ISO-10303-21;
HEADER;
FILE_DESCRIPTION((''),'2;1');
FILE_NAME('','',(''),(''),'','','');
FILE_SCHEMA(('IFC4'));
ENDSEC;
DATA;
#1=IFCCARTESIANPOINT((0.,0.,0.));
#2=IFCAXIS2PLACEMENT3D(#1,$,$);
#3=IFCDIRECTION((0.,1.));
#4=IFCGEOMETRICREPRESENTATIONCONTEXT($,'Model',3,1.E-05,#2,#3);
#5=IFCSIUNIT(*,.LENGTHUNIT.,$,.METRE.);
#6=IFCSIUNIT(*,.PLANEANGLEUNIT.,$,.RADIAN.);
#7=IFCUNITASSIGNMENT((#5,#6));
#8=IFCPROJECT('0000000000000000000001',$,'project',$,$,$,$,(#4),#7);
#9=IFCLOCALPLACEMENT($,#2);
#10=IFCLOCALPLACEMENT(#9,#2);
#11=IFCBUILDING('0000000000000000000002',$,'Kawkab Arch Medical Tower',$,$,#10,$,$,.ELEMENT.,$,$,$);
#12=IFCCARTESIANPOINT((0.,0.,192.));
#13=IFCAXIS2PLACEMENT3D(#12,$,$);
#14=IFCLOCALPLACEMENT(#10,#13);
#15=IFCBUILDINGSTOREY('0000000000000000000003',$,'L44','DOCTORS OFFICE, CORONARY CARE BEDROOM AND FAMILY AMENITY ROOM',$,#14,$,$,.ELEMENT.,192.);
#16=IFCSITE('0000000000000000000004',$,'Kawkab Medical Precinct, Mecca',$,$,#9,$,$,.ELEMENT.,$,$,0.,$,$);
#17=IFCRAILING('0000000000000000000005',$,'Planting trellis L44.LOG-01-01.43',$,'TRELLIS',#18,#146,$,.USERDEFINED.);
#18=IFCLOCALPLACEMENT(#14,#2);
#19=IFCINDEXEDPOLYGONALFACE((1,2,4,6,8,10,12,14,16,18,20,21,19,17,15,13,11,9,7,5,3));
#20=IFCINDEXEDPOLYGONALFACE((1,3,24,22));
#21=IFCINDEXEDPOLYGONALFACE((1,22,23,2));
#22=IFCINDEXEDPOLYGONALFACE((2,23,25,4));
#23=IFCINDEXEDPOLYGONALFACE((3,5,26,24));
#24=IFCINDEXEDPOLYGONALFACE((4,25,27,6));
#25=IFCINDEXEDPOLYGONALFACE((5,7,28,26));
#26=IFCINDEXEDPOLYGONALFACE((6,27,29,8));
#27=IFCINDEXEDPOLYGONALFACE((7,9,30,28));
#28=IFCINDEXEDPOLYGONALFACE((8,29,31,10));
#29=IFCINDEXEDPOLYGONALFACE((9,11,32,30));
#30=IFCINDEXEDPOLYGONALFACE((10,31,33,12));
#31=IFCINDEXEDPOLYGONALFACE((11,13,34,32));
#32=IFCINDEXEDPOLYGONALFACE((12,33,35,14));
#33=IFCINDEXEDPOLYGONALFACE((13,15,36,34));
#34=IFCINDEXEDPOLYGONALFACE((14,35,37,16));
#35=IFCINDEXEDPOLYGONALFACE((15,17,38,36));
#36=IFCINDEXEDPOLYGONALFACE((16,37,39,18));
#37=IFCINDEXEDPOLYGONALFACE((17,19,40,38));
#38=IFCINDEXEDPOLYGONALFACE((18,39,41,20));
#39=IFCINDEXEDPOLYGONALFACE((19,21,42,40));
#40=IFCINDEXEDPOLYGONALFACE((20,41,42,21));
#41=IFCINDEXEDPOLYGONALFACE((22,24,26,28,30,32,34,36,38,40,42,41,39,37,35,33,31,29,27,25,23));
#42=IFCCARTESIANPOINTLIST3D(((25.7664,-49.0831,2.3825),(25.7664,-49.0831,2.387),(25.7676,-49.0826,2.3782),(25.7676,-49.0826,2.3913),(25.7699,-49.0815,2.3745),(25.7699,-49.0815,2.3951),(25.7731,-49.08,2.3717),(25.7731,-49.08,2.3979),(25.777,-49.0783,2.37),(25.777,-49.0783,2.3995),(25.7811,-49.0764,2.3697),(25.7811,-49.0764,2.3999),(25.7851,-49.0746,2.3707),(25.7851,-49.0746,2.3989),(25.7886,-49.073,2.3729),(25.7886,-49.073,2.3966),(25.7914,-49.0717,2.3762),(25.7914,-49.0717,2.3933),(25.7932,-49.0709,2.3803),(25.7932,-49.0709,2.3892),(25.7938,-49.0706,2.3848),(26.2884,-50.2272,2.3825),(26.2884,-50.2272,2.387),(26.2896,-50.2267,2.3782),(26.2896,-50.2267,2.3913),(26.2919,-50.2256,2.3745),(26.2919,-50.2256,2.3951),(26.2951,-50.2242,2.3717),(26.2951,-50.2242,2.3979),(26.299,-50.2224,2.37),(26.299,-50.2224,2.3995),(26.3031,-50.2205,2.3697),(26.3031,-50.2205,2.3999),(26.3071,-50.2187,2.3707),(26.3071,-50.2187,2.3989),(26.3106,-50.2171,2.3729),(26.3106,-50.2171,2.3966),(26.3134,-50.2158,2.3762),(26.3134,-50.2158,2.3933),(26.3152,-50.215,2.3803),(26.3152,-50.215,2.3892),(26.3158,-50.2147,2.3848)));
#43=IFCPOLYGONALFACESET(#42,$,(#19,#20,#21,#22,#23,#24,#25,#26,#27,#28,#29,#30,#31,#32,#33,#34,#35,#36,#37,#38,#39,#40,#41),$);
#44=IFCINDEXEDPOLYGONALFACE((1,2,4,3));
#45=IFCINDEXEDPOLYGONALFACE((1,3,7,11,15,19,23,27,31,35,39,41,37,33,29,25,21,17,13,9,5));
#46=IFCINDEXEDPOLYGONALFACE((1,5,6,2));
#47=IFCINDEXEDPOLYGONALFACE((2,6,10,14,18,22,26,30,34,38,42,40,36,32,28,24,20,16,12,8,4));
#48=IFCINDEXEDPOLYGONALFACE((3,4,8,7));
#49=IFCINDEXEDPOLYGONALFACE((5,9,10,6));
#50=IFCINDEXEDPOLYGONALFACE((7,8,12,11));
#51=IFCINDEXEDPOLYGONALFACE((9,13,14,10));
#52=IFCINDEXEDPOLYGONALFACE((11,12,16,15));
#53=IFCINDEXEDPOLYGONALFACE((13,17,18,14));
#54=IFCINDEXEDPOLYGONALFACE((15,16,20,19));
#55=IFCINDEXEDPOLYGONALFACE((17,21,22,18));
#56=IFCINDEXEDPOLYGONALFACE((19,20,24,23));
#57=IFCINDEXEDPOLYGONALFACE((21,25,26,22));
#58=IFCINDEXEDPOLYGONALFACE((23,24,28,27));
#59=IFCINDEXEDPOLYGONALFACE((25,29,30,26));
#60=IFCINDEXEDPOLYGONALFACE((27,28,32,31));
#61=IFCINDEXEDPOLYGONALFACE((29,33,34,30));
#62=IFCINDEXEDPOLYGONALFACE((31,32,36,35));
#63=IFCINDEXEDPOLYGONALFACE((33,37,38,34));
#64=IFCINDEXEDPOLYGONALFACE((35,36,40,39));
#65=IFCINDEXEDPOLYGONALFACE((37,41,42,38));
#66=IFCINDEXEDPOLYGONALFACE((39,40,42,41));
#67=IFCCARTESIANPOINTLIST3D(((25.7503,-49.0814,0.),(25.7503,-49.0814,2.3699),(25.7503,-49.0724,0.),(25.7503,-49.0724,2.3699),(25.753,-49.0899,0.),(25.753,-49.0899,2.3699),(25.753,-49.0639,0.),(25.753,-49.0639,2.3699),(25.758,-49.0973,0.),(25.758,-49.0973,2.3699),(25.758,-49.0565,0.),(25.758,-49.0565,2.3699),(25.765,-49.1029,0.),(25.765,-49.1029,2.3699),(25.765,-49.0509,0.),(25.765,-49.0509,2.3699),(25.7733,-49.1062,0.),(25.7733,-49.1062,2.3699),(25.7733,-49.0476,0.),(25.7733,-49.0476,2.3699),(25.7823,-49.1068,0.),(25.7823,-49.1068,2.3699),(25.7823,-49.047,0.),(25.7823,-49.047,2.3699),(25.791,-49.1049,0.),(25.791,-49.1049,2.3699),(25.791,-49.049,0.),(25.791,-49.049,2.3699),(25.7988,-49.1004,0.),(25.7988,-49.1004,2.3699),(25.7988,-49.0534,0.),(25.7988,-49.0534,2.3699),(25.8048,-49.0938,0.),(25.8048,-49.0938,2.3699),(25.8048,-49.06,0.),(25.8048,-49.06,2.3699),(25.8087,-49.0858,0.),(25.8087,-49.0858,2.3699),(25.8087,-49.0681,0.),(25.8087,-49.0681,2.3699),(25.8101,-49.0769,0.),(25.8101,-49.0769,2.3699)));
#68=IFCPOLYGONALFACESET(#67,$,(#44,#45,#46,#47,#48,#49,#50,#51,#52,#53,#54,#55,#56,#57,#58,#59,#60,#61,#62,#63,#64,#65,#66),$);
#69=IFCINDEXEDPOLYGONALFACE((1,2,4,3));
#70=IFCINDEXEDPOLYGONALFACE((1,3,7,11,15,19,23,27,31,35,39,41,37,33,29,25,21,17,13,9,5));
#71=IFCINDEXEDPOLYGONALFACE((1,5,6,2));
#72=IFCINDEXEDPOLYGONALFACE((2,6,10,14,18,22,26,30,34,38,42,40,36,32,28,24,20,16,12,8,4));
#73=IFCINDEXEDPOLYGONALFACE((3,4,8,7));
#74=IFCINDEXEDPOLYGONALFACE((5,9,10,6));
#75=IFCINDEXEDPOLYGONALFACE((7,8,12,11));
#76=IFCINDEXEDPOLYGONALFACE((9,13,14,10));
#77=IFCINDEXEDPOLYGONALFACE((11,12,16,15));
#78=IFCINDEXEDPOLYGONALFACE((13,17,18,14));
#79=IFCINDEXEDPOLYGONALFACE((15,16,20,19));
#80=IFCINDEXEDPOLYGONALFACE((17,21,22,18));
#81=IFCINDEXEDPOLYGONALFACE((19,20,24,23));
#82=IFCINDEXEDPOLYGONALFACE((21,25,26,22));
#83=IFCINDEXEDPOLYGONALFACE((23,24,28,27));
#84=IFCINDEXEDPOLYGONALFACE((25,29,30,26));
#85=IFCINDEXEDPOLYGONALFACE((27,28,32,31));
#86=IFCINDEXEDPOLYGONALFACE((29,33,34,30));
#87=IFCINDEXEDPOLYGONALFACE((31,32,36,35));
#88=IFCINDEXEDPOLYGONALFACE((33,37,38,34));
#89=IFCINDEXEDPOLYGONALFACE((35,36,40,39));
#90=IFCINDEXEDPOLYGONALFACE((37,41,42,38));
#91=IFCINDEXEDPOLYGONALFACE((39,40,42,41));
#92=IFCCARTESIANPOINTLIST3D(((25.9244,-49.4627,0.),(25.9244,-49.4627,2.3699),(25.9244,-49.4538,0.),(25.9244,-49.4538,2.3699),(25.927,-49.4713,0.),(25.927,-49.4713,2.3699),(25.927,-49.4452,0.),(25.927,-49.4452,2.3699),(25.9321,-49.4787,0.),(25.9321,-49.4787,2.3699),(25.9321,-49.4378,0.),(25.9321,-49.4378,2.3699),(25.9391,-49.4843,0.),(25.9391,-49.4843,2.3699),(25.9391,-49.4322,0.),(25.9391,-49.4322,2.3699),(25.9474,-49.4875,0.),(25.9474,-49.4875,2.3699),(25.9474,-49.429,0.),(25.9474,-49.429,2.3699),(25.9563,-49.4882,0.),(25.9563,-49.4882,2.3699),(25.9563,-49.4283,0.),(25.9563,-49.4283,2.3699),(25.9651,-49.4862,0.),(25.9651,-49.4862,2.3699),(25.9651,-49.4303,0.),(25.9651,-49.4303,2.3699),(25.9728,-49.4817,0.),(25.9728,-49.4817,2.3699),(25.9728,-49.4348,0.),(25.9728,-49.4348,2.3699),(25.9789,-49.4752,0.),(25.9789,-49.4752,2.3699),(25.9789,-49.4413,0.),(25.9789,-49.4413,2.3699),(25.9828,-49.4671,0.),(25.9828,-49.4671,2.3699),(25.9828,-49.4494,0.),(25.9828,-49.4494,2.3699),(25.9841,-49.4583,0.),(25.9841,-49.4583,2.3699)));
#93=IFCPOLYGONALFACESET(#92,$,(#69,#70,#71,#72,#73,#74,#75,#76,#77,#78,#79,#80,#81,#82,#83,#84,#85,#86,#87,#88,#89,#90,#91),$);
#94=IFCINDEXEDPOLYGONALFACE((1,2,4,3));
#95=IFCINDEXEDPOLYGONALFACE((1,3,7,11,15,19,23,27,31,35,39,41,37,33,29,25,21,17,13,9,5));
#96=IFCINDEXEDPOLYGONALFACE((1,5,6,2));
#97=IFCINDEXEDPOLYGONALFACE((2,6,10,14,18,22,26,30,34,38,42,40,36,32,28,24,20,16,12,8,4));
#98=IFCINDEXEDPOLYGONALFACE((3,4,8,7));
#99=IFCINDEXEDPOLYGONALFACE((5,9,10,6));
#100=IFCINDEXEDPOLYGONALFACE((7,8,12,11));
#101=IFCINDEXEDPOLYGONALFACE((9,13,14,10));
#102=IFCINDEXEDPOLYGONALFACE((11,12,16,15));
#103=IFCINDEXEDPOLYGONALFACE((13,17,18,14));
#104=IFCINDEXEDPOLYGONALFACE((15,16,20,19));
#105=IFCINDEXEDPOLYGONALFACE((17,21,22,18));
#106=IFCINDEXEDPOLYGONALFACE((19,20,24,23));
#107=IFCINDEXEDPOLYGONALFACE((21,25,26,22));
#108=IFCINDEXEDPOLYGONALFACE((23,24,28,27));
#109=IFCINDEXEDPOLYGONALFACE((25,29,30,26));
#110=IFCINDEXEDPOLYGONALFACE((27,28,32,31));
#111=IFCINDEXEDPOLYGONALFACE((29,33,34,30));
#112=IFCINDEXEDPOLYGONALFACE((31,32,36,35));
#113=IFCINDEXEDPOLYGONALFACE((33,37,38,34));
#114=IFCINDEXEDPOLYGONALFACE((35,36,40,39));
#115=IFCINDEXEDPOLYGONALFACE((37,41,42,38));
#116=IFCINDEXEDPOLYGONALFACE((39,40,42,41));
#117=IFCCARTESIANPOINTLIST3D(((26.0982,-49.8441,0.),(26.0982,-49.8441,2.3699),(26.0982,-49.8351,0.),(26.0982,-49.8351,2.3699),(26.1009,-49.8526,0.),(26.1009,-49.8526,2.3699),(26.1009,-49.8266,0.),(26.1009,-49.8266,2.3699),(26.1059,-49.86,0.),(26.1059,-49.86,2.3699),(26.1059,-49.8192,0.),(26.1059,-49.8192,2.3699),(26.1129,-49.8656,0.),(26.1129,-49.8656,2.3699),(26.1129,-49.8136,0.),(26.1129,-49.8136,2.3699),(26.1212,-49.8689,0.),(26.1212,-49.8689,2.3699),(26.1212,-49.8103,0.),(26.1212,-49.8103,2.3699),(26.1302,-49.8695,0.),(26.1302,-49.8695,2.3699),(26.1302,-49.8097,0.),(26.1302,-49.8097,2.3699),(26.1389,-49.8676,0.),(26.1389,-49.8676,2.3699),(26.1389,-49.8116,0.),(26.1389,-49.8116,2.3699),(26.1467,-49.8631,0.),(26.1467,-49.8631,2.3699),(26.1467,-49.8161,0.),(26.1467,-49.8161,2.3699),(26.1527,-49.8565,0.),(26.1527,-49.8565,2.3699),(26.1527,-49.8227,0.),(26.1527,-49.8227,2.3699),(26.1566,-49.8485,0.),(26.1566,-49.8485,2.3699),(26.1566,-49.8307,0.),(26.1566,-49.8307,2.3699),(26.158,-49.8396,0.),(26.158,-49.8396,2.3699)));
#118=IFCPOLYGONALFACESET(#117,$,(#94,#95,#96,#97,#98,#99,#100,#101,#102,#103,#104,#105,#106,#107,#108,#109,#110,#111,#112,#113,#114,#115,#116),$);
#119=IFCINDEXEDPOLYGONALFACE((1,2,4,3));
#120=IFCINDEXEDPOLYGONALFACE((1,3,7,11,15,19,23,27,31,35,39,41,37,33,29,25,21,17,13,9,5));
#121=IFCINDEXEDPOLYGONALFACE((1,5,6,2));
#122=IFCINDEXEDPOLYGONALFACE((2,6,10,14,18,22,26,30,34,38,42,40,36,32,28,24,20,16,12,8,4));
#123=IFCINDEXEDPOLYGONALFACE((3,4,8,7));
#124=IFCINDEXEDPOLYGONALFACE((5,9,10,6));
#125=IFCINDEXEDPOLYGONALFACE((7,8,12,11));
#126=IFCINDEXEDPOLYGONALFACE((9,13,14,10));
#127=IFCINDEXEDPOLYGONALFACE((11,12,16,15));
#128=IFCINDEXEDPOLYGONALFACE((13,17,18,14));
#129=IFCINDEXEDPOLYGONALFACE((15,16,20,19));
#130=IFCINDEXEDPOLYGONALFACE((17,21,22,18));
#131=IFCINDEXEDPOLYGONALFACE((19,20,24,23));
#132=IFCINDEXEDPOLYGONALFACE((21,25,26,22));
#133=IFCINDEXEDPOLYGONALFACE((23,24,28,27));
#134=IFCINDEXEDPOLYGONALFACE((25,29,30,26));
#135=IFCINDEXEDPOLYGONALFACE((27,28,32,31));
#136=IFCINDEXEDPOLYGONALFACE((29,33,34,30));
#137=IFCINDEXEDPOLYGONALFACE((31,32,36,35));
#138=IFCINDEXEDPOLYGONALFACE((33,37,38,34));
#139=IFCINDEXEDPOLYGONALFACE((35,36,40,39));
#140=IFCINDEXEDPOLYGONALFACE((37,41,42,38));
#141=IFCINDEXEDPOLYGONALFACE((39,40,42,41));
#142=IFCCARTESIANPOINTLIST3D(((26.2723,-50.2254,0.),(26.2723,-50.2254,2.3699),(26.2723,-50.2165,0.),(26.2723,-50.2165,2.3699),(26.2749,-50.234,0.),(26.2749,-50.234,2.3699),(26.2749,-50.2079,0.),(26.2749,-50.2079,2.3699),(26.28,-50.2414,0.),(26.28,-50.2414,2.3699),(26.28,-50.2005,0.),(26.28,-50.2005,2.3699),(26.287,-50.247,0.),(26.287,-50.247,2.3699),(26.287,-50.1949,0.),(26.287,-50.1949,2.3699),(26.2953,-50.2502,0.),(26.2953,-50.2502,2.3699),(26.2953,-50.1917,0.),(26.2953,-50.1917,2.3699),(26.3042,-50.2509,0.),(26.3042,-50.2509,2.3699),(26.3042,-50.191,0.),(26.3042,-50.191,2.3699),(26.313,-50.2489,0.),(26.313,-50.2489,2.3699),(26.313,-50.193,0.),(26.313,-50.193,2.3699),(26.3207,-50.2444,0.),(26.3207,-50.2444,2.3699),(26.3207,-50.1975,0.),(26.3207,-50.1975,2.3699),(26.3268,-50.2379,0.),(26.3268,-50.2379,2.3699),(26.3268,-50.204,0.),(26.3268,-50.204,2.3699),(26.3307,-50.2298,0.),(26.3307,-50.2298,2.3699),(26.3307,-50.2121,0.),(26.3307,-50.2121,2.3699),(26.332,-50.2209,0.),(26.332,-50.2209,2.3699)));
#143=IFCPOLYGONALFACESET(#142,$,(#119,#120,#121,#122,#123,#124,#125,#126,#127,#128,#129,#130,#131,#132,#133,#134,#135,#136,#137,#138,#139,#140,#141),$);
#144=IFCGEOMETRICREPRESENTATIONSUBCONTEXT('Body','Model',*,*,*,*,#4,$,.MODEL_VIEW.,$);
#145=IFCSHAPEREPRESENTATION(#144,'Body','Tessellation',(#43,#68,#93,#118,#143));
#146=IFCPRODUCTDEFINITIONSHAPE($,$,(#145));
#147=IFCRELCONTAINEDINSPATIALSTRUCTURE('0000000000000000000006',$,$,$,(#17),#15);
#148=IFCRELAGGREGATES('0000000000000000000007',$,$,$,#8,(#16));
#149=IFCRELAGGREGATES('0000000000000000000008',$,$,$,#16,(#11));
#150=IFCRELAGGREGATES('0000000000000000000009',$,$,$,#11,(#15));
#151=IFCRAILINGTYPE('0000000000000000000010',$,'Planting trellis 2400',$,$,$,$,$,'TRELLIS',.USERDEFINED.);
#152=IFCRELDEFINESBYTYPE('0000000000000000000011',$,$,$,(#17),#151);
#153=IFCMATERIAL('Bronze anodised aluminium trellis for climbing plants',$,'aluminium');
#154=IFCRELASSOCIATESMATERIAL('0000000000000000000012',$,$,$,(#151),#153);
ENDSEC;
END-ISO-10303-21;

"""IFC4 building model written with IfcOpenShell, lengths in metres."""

from ifc_helpers import new_model, si_unit, direction, frame, origin, origin_2d, place, context, subcontext, project, spatial, circle, extrude, material, type_object, element, save


model = new_model("IFC4")

# Units and contexts
model_context = context("Model", 3, precision=1e-05, world=origin(), true_north=direction((0.0, 1.0)))
body_context = subcontext(model_context, "Body", "Model", "MODEL_VIEW")
ifc_project = project(units=[si_unit("LENGTHUNIT", "METRE"), si_unit("PLANEANGLEUNIT", "RADIAN")], contexts=[model_context])

# Site, building, storey
site_placement = place(None, origin())
site = spatial("IfcSite", under=ifc_project, at=site_placement, Name="Kawkab Medical Precinct, Mecca", CompositionType="ELEMENT", RefElevation=0.0)
building_placement = place(site_placement, origin())
building = spatial("IfcBuilding", under=site, at=building_placement, Name="Kawkab Arch Medical Tower", CompositionType="ELEMENT")
storey_placement = place(building_placement, frame((0.0, 0.0, 192.0)))
storey = spatial("IfcBuildingStorey", under=building, at=storey_placement, Name="L44", Description="DOCTORS OFFICE, CORONARY CARE BEDROOM AND FAMILY AMENITY ROOM", CompositionType="ELEMENT", Elevation=192.0)

# Railing
ifc_material_1 = material(Name="Bronze anodised aluminium trellis for climbing plants", Category="aluminium")
railing_type = type_object("IfcRailingType", Name="Planting trellis 2400", ElementType="TRELLIS", PredefinedType="USERDEFINED", material=ifc_material_1)
railing_1_placement = place(storey_placement, frame((25.78, -49.0769, 0.0)))
element("IfcRailing", 1, at=railing_1_placement, inside=storey, type_object=railing_type, Name="Planting trellis L44.LOG-01-01.43", ObjectType="TRELLIS", PredefinedType="USERDEFINED", context=body_context, shape_type="SweptSolid", body=[
    extrude(circle(Radius=0.0151, at=origin_2d()), frame((0.0, 0.0, 2.3848), z_axis=(0.41509, -0.90978, 0.0), x_axis=(0.90978, 0.41509, 0.0)), (0.0, 0.0, 1.0), 1.2576),
    extrude(circle(Radius=0.03, at=origin_2d()), origin(), (0.0, 0.0, 1.0), 2.3699),
    extrude(circle(Radius=0.03, at=origin_2d()), frame((0.1741, -0.3813, 0.0)), (0.0, 0.0, 1.0), 2.3699),
    extrude(circle(Radius=0.03, at=origin_2d()), frame((0.3479, -0.7627, 0.0)), (0.0, 0.0, 1.0), 2.3699),
    extrude(circle(Radius=0.03, at=origin_2d()), frame((0.522, -1.144, 0.0)), (0.0, 0.0, 1.0), 2.3699),
])

save(model, "model.ifc")
